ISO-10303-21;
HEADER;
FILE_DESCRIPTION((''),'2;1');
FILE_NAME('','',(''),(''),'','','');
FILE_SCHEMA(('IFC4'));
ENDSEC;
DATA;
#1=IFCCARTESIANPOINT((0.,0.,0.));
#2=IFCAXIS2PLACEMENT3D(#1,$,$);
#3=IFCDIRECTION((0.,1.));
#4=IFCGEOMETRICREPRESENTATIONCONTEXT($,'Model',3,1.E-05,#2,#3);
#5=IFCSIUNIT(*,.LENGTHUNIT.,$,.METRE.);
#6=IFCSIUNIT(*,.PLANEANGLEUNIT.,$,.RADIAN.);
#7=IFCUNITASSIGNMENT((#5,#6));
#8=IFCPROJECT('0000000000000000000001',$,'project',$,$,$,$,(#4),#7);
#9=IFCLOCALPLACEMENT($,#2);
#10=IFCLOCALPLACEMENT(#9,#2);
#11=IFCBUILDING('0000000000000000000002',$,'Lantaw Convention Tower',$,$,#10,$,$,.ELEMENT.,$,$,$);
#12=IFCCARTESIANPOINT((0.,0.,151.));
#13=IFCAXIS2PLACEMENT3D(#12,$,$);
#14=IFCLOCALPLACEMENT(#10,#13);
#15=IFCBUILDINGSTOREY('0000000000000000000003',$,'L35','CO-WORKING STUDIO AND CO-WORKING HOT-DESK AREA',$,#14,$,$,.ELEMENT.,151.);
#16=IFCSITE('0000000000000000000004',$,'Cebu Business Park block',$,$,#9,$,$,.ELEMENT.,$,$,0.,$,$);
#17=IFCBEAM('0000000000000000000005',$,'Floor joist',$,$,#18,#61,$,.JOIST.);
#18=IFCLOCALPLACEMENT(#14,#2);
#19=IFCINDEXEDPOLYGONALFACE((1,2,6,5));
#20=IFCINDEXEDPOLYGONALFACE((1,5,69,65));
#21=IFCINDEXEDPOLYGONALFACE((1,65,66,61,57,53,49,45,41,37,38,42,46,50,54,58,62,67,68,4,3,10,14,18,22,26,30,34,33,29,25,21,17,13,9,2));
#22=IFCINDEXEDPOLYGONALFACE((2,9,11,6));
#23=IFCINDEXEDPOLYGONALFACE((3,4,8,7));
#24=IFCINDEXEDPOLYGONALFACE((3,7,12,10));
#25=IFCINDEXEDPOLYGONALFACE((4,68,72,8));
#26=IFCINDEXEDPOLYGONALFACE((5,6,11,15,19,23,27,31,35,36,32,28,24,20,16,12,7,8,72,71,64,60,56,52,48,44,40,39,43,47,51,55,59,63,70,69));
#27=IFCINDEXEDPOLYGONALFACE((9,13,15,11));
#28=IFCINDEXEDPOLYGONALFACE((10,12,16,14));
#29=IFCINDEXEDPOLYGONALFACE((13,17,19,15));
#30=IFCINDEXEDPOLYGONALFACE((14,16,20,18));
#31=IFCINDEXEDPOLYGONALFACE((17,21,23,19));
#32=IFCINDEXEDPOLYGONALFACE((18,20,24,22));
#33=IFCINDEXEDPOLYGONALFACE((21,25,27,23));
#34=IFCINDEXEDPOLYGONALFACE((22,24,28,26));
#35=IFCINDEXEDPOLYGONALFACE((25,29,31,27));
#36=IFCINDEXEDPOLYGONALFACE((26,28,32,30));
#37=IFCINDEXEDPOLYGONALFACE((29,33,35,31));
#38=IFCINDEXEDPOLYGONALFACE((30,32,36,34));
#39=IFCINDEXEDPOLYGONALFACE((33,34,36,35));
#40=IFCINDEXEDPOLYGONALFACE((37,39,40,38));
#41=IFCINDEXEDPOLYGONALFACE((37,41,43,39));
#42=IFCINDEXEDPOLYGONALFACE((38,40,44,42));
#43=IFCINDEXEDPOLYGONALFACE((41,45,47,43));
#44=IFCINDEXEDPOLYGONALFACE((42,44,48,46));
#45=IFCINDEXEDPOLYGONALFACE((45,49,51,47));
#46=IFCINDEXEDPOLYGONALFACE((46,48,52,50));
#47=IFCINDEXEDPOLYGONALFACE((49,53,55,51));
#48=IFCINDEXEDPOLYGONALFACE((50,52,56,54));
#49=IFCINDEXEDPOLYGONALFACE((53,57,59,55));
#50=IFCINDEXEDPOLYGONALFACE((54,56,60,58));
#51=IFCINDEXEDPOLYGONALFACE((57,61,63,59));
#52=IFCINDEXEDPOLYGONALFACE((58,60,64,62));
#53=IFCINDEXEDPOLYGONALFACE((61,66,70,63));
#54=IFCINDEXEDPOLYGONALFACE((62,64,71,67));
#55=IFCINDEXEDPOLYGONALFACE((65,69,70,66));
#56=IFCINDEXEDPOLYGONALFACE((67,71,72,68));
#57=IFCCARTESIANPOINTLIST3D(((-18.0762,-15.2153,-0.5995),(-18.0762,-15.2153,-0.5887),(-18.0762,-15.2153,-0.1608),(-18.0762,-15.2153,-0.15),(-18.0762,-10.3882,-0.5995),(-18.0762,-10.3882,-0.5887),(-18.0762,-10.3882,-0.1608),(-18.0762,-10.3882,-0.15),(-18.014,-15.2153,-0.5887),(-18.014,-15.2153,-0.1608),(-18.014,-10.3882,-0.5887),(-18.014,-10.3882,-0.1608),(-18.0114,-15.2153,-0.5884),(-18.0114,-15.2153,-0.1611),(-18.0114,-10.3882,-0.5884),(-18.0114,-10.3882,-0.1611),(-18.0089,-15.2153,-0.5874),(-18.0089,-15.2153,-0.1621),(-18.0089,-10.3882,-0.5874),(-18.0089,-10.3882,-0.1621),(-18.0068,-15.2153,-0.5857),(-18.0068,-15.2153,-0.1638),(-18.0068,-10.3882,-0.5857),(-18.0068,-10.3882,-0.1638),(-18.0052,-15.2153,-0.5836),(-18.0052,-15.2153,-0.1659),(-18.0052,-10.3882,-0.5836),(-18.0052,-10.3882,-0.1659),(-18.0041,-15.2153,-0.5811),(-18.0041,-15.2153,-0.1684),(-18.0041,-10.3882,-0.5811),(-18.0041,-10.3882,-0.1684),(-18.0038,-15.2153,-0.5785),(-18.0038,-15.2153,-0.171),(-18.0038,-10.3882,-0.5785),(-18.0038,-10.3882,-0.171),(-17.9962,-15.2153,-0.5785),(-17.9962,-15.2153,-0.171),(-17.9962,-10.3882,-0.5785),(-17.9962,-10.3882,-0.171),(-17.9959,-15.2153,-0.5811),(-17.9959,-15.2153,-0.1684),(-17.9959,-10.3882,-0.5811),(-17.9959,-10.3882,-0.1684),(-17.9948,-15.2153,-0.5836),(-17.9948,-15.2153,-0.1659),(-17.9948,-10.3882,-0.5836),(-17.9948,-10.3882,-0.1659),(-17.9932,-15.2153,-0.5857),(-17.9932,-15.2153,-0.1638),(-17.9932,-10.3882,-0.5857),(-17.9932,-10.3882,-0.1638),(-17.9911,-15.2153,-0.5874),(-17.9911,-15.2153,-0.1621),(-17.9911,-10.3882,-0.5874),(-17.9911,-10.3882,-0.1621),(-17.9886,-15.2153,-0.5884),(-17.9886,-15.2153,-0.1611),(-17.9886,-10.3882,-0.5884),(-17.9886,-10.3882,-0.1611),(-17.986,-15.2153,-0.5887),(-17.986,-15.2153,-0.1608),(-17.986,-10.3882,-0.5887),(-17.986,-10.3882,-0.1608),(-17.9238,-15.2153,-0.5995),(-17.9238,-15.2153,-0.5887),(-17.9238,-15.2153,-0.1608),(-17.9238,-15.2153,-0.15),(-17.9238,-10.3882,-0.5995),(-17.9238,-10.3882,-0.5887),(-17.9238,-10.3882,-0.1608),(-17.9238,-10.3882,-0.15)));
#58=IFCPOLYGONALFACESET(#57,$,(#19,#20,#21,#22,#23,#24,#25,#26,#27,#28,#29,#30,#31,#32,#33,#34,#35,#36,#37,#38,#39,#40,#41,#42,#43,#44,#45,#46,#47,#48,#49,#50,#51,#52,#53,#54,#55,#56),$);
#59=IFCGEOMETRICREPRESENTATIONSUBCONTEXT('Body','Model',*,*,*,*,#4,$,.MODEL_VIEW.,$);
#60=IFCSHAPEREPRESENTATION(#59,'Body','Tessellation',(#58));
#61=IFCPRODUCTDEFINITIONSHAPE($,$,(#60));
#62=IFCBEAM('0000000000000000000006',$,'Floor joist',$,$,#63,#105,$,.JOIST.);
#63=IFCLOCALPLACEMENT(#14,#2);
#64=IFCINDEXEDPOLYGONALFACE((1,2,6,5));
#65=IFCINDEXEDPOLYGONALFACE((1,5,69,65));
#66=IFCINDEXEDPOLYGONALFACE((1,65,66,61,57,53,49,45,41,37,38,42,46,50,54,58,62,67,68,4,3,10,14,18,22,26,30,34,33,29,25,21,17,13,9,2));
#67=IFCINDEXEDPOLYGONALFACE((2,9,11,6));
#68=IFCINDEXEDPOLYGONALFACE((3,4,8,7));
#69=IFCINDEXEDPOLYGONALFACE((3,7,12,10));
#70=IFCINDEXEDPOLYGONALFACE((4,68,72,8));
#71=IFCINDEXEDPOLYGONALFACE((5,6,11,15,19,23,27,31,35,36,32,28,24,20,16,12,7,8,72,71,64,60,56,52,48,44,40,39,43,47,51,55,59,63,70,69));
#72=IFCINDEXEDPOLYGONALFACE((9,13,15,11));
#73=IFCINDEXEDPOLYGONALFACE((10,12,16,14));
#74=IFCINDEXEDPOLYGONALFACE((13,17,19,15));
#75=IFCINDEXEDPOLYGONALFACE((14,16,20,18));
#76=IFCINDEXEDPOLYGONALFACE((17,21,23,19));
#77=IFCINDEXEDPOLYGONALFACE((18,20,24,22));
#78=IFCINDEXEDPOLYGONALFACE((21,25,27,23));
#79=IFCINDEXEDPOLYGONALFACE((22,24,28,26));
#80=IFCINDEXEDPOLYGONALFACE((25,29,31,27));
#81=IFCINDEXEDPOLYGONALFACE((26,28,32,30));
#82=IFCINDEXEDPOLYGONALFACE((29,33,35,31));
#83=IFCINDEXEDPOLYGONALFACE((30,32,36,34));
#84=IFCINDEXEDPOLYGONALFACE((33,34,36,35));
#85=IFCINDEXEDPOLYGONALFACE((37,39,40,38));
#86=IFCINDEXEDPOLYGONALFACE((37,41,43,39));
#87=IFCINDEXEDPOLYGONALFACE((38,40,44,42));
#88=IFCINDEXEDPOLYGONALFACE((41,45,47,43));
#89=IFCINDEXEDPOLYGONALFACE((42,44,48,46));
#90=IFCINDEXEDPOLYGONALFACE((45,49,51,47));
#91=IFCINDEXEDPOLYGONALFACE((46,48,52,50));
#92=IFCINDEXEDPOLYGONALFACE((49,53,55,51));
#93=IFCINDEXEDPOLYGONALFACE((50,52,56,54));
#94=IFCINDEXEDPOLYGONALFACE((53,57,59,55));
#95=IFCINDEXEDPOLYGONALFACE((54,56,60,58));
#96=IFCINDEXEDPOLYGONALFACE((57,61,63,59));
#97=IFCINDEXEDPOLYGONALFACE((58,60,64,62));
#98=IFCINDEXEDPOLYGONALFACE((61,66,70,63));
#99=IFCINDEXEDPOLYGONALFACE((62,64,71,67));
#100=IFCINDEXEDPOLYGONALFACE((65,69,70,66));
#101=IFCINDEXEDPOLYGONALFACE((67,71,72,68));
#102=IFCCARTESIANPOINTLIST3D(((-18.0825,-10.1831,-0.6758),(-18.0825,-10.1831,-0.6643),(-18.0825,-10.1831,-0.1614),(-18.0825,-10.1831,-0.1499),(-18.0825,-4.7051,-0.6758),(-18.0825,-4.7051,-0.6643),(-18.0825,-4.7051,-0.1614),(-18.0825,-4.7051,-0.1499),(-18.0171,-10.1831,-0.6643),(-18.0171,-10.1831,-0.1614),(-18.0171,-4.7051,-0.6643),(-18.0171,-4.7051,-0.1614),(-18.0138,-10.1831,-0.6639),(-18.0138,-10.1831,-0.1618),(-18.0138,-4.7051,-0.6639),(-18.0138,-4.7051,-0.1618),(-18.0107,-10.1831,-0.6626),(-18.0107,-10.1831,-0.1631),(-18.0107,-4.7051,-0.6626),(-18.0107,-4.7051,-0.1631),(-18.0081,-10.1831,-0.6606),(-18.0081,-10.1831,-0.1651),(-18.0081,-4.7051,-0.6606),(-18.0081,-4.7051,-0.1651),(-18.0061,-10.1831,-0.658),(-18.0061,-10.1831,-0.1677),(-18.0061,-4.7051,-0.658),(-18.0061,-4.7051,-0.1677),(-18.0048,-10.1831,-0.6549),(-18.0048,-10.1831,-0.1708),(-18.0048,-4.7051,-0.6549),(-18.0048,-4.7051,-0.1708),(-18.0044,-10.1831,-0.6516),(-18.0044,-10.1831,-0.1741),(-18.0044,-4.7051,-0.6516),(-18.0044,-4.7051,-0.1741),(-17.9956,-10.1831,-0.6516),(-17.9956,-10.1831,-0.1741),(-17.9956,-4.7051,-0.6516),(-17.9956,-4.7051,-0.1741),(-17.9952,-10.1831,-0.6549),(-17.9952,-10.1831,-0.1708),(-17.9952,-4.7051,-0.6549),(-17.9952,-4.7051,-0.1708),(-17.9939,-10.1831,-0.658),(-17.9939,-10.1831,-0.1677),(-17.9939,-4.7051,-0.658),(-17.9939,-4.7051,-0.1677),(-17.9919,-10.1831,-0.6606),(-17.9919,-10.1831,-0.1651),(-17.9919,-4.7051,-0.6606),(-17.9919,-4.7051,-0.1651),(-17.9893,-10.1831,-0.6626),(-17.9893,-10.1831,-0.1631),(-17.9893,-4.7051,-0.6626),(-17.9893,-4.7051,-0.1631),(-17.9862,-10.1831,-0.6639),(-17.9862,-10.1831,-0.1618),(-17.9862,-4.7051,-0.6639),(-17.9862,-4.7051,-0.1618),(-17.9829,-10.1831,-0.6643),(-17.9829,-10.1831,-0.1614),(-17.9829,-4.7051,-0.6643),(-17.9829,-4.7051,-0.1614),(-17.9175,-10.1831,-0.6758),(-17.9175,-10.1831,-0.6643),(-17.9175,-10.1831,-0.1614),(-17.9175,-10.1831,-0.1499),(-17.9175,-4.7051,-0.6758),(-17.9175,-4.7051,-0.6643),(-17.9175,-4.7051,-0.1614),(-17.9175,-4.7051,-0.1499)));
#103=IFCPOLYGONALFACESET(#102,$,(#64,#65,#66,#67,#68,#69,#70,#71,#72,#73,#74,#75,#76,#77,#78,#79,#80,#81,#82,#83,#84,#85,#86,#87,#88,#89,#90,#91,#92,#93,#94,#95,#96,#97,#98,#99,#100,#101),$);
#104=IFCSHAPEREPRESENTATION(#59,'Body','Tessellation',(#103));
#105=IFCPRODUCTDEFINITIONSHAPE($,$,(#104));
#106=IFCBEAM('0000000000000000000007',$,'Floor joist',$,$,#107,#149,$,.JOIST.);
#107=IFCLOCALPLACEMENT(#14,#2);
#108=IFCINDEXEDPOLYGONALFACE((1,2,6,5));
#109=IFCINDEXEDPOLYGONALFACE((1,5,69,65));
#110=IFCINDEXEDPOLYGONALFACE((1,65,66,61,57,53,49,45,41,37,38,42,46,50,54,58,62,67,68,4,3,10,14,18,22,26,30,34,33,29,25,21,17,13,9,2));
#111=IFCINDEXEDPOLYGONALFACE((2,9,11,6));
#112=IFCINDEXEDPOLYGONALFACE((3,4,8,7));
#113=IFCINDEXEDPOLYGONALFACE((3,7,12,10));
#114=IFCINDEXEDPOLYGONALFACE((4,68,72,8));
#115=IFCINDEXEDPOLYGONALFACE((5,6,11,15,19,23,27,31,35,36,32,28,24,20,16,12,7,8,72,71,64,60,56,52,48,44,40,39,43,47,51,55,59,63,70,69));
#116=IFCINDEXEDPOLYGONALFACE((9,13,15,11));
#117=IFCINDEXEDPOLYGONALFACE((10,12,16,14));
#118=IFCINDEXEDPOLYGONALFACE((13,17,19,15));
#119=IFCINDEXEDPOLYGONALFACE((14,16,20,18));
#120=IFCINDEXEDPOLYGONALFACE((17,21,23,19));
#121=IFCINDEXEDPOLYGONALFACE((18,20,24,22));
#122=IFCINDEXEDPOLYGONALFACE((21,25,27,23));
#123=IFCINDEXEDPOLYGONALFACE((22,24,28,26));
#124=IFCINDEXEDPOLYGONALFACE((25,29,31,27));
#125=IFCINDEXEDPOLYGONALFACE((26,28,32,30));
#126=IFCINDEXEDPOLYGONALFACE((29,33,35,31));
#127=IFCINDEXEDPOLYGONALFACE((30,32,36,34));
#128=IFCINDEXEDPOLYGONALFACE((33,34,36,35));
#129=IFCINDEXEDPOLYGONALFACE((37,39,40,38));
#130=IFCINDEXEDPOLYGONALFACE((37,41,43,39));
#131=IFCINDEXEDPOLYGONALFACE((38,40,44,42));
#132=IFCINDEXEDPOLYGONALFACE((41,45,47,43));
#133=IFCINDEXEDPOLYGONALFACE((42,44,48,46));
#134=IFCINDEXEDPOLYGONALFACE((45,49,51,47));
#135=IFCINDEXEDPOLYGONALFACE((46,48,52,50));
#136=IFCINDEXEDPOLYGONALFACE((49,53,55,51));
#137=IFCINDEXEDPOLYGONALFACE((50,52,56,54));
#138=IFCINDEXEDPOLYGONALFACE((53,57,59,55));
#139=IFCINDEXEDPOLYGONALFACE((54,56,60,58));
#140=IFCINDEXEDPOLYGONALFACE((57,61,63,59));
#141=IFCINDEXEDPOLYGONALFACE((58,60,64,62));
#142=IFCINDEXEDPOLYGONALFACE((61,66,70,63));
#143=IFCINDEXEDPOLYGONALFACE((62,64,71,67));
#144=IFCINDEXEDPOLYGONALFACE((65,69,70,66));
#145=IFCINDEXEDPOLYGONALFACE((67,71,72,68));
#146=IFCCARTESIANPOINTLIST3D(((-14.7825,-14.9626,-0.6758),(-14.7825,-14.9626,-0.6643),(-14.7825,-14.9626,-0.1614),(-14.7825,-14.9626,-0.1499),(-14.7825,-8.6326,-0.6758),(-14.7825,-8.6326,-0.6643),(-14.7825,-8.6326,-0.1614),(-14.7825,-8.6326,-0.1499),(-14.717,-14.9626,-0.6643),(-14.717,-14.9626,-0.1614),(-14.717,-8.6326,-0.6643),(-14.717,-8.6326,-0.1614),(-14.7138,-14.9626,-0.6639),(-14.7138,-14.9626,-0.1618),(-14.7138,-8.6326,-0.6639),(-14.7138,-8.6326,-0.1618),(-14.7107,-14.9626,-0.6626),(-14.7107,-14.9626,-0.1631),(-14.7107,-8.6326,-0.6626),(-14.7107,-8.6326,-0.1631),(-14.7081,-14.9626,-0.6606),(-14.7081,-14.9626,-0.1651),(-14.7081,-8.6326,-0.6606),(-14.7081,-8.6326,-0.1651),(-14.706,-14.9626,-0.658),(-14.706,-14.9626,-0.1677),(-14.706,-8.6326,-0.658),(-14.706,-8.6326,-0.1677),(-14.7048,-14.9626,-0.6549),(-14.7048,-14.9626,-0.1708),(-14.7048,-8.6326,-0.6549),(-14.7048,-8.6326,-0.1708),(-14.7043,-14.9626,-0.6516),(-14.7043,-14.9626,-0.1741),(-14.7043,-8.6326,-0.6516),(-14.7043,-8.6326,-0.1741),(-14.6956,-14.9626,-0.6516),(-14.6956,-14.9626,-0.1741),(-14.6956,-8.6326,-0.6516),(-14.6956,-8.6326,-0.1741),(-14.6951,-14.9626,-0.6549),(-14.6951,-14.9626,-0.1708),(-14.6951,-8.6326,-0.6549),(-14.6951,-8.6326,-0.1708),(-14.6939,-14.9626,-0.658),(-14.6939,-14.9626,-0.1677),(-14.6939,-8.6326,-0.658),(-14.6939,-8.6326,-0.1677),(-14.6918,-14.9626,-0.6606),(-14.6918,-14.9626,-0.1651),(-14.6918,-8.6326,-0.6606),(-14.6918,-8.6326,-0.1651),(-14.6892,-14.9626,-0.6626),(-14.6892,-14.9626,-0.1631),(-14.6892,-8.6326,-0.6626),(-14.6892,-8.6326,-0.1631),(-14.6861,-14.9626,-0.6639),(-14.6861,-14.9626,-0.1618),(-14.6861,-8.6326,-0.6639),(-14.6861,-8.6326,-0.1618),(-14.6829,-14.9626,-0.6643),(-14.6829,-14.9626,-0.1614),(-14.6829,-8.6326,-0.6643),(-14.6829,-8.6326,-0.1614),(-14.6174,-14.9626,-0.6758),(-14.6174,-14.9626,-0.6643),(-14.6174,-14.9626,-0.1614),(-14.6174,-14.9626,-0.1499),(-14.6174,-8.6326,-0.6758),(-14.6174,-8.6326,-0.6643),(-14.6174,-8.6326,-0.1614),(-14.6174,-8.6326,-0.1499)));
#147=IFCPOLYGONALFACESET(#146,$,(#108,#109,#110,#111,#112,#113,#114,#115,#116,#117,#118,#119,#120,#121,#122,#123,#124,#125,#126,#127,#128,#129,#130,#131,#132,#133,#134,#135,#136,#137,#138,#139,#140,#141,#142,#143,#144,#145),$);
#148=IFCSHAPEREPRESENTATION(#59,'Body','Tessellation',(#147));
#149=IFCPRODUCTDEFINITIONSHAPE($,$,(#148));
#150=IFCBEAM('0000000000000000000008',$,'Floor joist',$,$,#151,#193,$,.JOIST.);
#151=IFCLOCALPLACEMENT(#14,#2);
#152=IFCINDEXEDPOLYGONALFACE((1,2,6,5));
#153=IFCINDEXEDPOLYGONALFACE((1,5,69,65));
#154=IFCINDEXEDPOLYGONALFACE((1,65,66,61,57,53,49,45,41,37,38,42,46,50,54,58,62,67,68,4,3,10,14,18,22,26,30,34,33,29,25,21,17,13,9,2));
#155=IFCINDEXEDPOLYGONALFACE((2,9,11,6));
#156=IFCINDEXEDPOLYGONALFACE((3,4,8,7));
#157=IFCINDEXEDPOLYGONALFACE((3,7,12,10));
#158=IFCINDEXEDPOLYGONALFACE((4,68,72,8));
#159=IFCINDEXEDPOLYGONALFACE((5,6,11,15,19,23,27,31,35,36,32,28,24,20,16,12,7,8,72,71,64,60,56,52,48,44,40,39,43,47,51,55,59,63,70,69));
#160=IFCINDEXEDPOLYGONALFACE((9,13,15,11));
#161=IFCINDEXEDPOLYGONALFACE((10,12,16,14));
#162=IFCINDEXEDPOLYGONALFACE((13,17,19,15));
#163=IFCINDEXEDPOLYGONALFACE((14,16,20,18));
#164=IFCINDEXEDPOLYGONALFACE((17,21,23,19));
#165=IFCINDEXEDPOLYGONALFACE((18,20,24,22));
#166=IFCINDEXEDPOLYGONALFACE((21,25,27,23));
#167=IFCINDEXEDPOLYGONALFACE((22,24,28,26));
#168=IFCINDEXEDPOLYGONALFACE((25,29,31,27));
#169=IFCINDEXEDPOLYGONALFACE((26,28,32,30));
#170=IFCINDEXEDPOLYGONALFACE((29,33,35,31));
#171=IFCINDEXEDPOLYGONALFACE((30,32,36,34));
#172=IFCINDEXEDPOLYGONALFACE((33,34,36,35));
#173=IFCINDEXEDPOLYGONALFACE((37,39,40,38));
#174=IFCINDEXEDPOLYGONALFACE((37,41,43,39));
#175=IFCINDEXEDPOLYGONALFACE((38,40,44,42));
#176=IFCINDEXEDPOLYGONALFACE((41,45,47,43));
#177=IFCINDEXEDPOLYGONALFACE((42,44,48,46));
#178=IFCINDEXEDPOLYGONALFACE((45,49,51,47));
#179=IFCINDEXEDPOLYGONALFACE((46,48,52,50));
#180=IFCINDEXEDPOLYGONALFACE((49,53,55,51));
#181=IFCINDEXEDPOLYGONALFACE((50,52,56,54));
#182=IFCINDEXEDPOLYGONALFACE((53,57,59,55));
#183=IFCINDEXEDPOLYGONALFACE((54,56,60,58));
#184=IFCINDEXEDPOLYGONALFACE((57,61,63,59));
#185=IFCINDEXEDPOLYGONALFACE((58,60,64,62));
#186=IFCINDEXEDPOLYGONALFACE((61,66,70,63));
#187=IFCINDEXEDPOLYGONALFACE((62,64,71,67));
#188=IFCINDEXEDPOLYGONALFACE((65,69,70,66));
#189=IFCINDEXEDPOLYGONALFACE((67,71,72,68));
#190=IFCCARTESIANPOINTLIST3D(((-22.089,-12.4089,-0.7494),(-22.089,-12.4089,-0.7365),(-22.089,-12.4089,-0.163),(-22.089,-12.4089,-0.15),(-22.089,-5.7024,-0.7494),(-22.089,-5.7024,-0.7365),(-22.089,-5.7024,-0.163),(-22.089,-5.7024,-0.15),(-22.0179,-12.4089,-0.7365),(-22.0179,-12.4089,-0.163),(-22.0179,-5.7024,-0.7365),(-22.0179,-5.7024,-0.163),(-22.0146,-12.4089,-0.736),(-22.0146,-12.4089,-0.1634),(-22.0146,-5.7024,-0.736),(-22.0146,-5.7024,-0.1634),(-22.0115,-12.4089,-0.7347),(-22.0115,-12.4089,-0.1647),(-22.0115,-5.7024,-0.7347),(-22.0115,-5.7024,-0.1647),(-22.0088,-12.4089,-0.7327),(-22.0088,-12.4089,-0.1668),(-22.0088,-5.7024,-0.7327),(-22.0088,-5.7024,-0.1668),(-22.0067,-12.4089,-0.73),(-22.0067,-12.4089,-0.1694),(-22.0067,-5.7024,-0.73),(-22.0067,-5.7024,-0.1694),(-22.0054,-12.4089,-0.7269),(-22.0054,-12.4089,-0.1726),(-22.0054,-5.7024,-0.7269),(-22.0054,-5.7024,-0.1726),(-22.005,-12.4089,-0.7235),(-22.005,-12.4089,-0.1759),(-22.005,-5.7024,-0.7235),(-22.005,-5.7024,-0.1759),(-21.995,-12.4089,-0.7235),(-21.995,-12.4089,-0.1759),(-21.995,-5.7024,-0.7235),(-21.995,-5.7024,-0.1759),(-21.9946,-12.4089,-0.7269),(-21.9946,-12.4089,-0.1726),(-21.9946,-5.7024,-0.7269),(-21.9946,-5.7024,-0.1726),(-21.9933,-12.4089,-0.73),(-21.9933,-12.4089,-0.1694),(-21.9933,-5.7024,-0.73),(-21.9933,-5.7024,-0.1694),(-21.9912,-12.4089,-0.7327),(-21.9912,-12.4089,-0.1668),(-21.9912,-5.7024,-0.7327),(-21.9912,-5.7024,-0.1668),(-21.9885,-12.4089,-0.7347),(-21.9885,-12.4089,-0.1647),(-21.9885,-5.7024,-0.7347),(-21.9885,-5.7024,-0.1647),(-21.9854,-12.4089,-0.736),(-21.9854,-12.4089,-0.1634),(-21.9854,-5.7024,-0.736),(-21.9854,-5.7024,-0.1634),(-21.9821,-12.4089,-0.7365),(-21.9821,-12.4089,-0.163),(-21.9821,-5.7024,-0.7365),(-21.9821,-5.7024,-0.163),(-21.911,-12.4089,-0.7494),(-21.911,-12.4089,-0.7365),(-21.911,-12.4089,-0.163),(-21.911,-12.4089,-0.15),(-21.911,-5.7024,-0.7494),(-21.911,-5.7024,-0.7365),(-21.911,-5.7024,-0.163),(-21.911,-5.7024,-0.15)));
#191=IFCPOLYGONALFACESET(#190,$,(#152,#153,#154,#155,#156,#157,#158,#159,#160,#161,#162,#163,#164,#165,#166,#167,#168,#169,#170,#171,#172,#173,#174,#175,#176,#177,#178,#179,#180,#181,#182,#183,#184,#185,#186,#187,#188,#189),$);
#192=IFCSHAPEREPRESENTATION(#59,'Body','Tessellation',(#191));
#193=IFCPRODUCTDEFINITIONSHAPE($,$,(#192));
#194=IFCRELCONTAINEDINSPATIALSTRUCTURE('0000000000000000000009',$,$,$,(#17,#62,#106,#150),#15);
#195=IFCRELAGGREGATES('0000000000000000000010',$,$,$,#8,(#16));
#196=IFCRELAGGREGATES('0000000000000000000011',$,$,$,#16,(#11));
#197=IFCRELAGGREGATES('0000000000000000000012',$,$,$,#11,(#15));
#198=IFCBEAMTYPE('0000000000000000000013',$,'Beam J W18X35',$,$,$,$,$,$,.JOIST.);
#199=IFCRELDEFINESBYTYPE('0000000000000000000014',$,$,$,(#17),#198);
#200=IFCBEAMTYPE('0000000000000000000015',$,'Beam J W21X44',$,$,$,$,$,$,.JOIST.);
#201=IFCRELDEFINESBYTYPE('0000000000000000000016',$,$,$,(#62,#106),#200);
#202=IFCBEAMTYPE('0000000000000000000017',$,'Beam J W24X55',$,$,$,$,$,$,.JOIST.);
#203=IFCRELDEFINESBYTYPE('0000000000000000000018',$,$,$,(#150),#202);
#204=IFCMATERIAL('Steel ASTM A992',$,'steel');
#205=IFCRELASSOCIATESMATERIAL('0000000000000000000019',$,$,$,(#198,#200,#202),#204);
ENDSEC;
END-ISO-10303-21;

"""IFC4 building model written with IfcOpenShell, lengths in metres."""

from ifc_helpers import new_model, si_unit, direction, frame, origin, origin_2d, place, context, subcontext, project, spatial, i_section, extrude, material, material_profile, profile_set, type_object, element, save


model = new_model("IFC4")

# Units and contexts
model_context = context("Model", 3, precision=1e-05, world=origin(), true_north=direction((0.0, 1.0)))
body_context = subcontext(model_context, "Body", "Model", "MODEL_VIEW")
ifc_project = project(units=[si_unit("LENGTHUNIT", "METRE"), si_unit("PLANEANGLEUNIT", "RADIAN")], contexts=[model_context])

# Site, building, storey
site_placement = place(None, origin())
site = spatial("IfcSite", under=ifc_project, at=site_placement, Name="Cebu Business Park block", CompositionType="ELEMENT", RefElevation=0.0)
building_placement = place(site_placement, origin())
building = spatial("IfcBuilding", under=site, at=building_placement, Name="Lantaw Convention Tower", CompositionType="ELEMENT")
storey_placement = place(building_placement, frame((0.0, 0.0, 151.0)))
storey = spatial("IfcBuildingStorey", under=building, at=storey_placement, Name="L35", Description="CO-WORKING STUDIO AND CO-WORKING HOT-DESK AREA", CompositionType="ELEMENT", Elevation=151.0)

# Beams
ifc_material_1 = material(Name="Steel ASTM A992", Category="steel")
ifc_material_profile_1 = material_profile(ifc_material_1, i_section(OverallWidth=0.1523, OverallDepth=0.4495, WebThickness=0.0076, FlangeThickness=0.0107, FilletRadius=0.0103, at=origin_2d()), Name="W18X35")
ifc_profile_set_1 = profile_set([ifc_material_profile_1], Name="Steel ASTM A992")
beam_type_1 = type_object("IfcBeamType", Name="Beam J W18X35", PredefinedType="JOIST", material=ifc_profile_set_1)
beam_1_placement = place(storey_placement, frame((-18.0, -15.2153, -0.3748), z_axis=(0.0, 1.0, 0.0), x_axis=(-1.0, 0.0, 0.0)))
element("IfcBeam", 1, at=beam_1_placement, inside=storey, type_object=beam_type_1, Name="Floor joist", PredefinedType="JOIST", context=body_context, shape_type="SweptSolid", body=[
    extrude(i_section(OverallWidth=0.1523, OverallDepth=0.4495, WebThickness=0.0076, FlangeThickness=0.0107, FilletRadius=0.0103, at=origin_2d()), origin(), (0.0, 0.0, 1.0), 4.8271),
])
ifc_material_profile_2 = material_profile(ifc_material_1, i_section(OverallWidth=0.165, OverallDepth=0.5259, WebThickness=0.0088, FlangeThickness=0.0115, FilletRadius=0.0127, at=origin_2d()), Name="W21X44")
ifc_profile_set_2 = profile_set([ifc_material_profile_2], Name="Steel ASTM A992")
beam_type_2 = type_object("IfcBeamType", Name="Beam J W21X44", PredefinedType="JOIST", material=ifc_profile_set_2)
beam_2_placement = place(storey_placement, frame((-18.0, -10.1831, -0.4128), z_axis=(0.0, 1.0, 0.0), x_axis=(-1.0, 0.0, 0.0)))
element("IfcBeam", 2, at=beam_2_placement, inside=storey, type_object=beam_type_2, Name="Floor joist", PredefinedType="JOIST", context=body_context, shape_type="SweptSolid", body=[
    extrude(i_section(OverallWidth=0.165, OverallDepth=0.5259, WebThickness=0.0088, FlangeThickness=0.0115, FilletRadius=0.0127, at=origin_2d()), origin(), (0.0, 0.0, 1.0), 5.478),
])
beam_3_placement = place(storey_placement, frame((-14.7, -14.9626, -0.4128), z_axis=(0.0, 1.0, 0.0), x_axis=(-1.0, 0.0, 0.0)))
element("IfcBeam", 3, at=beam_3_placement, inside=storey, type_object=beam_type_2, Name="Floor joist", PredefinedType="JOIST", context=body_context, shape_type="SweptSolid", body=[
    extrude(i_section(OverallWidth=0.165, OverallDepth=0.5259, WebThickness=0.0088, FlangeThickness=0.0115, FilletRadius=0.0127, at=origin_2d()), origin(), (0.0, 0.0, 1.0), 6.3301),
])
ifc_material_profile_3 = material_profile(ifc_material_1, i_section(OverallWidth=0.178, OverallDepth=0.5994, WebThickness=0.01, FlangeThickness=0.0129, FilletRadius=0.0129, at=origin_2d()), Name="W24X55")
ifc_profile_set_3 = profile_set([ifc_material_profile_3], Name="Steel ASTM A992")
beam_type_3 = type_object("IfcBeamType", Name="Beam J W24X55", PredefinedType="JOIST", material=ifc_profile_set_3)
beam_4_placement = place(storey_placement, frame((-22.0, -12.4089, -0.4497), z_axis=(0.0, 1.0, 0.0), x_axis=(-1.0, 0.0, 0.0)))
element("IfcBeam", 4, at=beam_4_placement, inside=storey, type_object=beam_type_3, Name="Floor joist", PredefinedType="JOIST", context=body_context, shape_type="SweptSolid", body=[
    extrude(i_section(OverallWidth=0.178, OverallDepth=0.5994, WebThickness=0.01, FlangeThickness=0.0129, FilletRadius=0.0129, at=origin_2d()), origin(), (0.0, 0.0, 1.0), 6.7065),
])

save(model, "model.ifc")
